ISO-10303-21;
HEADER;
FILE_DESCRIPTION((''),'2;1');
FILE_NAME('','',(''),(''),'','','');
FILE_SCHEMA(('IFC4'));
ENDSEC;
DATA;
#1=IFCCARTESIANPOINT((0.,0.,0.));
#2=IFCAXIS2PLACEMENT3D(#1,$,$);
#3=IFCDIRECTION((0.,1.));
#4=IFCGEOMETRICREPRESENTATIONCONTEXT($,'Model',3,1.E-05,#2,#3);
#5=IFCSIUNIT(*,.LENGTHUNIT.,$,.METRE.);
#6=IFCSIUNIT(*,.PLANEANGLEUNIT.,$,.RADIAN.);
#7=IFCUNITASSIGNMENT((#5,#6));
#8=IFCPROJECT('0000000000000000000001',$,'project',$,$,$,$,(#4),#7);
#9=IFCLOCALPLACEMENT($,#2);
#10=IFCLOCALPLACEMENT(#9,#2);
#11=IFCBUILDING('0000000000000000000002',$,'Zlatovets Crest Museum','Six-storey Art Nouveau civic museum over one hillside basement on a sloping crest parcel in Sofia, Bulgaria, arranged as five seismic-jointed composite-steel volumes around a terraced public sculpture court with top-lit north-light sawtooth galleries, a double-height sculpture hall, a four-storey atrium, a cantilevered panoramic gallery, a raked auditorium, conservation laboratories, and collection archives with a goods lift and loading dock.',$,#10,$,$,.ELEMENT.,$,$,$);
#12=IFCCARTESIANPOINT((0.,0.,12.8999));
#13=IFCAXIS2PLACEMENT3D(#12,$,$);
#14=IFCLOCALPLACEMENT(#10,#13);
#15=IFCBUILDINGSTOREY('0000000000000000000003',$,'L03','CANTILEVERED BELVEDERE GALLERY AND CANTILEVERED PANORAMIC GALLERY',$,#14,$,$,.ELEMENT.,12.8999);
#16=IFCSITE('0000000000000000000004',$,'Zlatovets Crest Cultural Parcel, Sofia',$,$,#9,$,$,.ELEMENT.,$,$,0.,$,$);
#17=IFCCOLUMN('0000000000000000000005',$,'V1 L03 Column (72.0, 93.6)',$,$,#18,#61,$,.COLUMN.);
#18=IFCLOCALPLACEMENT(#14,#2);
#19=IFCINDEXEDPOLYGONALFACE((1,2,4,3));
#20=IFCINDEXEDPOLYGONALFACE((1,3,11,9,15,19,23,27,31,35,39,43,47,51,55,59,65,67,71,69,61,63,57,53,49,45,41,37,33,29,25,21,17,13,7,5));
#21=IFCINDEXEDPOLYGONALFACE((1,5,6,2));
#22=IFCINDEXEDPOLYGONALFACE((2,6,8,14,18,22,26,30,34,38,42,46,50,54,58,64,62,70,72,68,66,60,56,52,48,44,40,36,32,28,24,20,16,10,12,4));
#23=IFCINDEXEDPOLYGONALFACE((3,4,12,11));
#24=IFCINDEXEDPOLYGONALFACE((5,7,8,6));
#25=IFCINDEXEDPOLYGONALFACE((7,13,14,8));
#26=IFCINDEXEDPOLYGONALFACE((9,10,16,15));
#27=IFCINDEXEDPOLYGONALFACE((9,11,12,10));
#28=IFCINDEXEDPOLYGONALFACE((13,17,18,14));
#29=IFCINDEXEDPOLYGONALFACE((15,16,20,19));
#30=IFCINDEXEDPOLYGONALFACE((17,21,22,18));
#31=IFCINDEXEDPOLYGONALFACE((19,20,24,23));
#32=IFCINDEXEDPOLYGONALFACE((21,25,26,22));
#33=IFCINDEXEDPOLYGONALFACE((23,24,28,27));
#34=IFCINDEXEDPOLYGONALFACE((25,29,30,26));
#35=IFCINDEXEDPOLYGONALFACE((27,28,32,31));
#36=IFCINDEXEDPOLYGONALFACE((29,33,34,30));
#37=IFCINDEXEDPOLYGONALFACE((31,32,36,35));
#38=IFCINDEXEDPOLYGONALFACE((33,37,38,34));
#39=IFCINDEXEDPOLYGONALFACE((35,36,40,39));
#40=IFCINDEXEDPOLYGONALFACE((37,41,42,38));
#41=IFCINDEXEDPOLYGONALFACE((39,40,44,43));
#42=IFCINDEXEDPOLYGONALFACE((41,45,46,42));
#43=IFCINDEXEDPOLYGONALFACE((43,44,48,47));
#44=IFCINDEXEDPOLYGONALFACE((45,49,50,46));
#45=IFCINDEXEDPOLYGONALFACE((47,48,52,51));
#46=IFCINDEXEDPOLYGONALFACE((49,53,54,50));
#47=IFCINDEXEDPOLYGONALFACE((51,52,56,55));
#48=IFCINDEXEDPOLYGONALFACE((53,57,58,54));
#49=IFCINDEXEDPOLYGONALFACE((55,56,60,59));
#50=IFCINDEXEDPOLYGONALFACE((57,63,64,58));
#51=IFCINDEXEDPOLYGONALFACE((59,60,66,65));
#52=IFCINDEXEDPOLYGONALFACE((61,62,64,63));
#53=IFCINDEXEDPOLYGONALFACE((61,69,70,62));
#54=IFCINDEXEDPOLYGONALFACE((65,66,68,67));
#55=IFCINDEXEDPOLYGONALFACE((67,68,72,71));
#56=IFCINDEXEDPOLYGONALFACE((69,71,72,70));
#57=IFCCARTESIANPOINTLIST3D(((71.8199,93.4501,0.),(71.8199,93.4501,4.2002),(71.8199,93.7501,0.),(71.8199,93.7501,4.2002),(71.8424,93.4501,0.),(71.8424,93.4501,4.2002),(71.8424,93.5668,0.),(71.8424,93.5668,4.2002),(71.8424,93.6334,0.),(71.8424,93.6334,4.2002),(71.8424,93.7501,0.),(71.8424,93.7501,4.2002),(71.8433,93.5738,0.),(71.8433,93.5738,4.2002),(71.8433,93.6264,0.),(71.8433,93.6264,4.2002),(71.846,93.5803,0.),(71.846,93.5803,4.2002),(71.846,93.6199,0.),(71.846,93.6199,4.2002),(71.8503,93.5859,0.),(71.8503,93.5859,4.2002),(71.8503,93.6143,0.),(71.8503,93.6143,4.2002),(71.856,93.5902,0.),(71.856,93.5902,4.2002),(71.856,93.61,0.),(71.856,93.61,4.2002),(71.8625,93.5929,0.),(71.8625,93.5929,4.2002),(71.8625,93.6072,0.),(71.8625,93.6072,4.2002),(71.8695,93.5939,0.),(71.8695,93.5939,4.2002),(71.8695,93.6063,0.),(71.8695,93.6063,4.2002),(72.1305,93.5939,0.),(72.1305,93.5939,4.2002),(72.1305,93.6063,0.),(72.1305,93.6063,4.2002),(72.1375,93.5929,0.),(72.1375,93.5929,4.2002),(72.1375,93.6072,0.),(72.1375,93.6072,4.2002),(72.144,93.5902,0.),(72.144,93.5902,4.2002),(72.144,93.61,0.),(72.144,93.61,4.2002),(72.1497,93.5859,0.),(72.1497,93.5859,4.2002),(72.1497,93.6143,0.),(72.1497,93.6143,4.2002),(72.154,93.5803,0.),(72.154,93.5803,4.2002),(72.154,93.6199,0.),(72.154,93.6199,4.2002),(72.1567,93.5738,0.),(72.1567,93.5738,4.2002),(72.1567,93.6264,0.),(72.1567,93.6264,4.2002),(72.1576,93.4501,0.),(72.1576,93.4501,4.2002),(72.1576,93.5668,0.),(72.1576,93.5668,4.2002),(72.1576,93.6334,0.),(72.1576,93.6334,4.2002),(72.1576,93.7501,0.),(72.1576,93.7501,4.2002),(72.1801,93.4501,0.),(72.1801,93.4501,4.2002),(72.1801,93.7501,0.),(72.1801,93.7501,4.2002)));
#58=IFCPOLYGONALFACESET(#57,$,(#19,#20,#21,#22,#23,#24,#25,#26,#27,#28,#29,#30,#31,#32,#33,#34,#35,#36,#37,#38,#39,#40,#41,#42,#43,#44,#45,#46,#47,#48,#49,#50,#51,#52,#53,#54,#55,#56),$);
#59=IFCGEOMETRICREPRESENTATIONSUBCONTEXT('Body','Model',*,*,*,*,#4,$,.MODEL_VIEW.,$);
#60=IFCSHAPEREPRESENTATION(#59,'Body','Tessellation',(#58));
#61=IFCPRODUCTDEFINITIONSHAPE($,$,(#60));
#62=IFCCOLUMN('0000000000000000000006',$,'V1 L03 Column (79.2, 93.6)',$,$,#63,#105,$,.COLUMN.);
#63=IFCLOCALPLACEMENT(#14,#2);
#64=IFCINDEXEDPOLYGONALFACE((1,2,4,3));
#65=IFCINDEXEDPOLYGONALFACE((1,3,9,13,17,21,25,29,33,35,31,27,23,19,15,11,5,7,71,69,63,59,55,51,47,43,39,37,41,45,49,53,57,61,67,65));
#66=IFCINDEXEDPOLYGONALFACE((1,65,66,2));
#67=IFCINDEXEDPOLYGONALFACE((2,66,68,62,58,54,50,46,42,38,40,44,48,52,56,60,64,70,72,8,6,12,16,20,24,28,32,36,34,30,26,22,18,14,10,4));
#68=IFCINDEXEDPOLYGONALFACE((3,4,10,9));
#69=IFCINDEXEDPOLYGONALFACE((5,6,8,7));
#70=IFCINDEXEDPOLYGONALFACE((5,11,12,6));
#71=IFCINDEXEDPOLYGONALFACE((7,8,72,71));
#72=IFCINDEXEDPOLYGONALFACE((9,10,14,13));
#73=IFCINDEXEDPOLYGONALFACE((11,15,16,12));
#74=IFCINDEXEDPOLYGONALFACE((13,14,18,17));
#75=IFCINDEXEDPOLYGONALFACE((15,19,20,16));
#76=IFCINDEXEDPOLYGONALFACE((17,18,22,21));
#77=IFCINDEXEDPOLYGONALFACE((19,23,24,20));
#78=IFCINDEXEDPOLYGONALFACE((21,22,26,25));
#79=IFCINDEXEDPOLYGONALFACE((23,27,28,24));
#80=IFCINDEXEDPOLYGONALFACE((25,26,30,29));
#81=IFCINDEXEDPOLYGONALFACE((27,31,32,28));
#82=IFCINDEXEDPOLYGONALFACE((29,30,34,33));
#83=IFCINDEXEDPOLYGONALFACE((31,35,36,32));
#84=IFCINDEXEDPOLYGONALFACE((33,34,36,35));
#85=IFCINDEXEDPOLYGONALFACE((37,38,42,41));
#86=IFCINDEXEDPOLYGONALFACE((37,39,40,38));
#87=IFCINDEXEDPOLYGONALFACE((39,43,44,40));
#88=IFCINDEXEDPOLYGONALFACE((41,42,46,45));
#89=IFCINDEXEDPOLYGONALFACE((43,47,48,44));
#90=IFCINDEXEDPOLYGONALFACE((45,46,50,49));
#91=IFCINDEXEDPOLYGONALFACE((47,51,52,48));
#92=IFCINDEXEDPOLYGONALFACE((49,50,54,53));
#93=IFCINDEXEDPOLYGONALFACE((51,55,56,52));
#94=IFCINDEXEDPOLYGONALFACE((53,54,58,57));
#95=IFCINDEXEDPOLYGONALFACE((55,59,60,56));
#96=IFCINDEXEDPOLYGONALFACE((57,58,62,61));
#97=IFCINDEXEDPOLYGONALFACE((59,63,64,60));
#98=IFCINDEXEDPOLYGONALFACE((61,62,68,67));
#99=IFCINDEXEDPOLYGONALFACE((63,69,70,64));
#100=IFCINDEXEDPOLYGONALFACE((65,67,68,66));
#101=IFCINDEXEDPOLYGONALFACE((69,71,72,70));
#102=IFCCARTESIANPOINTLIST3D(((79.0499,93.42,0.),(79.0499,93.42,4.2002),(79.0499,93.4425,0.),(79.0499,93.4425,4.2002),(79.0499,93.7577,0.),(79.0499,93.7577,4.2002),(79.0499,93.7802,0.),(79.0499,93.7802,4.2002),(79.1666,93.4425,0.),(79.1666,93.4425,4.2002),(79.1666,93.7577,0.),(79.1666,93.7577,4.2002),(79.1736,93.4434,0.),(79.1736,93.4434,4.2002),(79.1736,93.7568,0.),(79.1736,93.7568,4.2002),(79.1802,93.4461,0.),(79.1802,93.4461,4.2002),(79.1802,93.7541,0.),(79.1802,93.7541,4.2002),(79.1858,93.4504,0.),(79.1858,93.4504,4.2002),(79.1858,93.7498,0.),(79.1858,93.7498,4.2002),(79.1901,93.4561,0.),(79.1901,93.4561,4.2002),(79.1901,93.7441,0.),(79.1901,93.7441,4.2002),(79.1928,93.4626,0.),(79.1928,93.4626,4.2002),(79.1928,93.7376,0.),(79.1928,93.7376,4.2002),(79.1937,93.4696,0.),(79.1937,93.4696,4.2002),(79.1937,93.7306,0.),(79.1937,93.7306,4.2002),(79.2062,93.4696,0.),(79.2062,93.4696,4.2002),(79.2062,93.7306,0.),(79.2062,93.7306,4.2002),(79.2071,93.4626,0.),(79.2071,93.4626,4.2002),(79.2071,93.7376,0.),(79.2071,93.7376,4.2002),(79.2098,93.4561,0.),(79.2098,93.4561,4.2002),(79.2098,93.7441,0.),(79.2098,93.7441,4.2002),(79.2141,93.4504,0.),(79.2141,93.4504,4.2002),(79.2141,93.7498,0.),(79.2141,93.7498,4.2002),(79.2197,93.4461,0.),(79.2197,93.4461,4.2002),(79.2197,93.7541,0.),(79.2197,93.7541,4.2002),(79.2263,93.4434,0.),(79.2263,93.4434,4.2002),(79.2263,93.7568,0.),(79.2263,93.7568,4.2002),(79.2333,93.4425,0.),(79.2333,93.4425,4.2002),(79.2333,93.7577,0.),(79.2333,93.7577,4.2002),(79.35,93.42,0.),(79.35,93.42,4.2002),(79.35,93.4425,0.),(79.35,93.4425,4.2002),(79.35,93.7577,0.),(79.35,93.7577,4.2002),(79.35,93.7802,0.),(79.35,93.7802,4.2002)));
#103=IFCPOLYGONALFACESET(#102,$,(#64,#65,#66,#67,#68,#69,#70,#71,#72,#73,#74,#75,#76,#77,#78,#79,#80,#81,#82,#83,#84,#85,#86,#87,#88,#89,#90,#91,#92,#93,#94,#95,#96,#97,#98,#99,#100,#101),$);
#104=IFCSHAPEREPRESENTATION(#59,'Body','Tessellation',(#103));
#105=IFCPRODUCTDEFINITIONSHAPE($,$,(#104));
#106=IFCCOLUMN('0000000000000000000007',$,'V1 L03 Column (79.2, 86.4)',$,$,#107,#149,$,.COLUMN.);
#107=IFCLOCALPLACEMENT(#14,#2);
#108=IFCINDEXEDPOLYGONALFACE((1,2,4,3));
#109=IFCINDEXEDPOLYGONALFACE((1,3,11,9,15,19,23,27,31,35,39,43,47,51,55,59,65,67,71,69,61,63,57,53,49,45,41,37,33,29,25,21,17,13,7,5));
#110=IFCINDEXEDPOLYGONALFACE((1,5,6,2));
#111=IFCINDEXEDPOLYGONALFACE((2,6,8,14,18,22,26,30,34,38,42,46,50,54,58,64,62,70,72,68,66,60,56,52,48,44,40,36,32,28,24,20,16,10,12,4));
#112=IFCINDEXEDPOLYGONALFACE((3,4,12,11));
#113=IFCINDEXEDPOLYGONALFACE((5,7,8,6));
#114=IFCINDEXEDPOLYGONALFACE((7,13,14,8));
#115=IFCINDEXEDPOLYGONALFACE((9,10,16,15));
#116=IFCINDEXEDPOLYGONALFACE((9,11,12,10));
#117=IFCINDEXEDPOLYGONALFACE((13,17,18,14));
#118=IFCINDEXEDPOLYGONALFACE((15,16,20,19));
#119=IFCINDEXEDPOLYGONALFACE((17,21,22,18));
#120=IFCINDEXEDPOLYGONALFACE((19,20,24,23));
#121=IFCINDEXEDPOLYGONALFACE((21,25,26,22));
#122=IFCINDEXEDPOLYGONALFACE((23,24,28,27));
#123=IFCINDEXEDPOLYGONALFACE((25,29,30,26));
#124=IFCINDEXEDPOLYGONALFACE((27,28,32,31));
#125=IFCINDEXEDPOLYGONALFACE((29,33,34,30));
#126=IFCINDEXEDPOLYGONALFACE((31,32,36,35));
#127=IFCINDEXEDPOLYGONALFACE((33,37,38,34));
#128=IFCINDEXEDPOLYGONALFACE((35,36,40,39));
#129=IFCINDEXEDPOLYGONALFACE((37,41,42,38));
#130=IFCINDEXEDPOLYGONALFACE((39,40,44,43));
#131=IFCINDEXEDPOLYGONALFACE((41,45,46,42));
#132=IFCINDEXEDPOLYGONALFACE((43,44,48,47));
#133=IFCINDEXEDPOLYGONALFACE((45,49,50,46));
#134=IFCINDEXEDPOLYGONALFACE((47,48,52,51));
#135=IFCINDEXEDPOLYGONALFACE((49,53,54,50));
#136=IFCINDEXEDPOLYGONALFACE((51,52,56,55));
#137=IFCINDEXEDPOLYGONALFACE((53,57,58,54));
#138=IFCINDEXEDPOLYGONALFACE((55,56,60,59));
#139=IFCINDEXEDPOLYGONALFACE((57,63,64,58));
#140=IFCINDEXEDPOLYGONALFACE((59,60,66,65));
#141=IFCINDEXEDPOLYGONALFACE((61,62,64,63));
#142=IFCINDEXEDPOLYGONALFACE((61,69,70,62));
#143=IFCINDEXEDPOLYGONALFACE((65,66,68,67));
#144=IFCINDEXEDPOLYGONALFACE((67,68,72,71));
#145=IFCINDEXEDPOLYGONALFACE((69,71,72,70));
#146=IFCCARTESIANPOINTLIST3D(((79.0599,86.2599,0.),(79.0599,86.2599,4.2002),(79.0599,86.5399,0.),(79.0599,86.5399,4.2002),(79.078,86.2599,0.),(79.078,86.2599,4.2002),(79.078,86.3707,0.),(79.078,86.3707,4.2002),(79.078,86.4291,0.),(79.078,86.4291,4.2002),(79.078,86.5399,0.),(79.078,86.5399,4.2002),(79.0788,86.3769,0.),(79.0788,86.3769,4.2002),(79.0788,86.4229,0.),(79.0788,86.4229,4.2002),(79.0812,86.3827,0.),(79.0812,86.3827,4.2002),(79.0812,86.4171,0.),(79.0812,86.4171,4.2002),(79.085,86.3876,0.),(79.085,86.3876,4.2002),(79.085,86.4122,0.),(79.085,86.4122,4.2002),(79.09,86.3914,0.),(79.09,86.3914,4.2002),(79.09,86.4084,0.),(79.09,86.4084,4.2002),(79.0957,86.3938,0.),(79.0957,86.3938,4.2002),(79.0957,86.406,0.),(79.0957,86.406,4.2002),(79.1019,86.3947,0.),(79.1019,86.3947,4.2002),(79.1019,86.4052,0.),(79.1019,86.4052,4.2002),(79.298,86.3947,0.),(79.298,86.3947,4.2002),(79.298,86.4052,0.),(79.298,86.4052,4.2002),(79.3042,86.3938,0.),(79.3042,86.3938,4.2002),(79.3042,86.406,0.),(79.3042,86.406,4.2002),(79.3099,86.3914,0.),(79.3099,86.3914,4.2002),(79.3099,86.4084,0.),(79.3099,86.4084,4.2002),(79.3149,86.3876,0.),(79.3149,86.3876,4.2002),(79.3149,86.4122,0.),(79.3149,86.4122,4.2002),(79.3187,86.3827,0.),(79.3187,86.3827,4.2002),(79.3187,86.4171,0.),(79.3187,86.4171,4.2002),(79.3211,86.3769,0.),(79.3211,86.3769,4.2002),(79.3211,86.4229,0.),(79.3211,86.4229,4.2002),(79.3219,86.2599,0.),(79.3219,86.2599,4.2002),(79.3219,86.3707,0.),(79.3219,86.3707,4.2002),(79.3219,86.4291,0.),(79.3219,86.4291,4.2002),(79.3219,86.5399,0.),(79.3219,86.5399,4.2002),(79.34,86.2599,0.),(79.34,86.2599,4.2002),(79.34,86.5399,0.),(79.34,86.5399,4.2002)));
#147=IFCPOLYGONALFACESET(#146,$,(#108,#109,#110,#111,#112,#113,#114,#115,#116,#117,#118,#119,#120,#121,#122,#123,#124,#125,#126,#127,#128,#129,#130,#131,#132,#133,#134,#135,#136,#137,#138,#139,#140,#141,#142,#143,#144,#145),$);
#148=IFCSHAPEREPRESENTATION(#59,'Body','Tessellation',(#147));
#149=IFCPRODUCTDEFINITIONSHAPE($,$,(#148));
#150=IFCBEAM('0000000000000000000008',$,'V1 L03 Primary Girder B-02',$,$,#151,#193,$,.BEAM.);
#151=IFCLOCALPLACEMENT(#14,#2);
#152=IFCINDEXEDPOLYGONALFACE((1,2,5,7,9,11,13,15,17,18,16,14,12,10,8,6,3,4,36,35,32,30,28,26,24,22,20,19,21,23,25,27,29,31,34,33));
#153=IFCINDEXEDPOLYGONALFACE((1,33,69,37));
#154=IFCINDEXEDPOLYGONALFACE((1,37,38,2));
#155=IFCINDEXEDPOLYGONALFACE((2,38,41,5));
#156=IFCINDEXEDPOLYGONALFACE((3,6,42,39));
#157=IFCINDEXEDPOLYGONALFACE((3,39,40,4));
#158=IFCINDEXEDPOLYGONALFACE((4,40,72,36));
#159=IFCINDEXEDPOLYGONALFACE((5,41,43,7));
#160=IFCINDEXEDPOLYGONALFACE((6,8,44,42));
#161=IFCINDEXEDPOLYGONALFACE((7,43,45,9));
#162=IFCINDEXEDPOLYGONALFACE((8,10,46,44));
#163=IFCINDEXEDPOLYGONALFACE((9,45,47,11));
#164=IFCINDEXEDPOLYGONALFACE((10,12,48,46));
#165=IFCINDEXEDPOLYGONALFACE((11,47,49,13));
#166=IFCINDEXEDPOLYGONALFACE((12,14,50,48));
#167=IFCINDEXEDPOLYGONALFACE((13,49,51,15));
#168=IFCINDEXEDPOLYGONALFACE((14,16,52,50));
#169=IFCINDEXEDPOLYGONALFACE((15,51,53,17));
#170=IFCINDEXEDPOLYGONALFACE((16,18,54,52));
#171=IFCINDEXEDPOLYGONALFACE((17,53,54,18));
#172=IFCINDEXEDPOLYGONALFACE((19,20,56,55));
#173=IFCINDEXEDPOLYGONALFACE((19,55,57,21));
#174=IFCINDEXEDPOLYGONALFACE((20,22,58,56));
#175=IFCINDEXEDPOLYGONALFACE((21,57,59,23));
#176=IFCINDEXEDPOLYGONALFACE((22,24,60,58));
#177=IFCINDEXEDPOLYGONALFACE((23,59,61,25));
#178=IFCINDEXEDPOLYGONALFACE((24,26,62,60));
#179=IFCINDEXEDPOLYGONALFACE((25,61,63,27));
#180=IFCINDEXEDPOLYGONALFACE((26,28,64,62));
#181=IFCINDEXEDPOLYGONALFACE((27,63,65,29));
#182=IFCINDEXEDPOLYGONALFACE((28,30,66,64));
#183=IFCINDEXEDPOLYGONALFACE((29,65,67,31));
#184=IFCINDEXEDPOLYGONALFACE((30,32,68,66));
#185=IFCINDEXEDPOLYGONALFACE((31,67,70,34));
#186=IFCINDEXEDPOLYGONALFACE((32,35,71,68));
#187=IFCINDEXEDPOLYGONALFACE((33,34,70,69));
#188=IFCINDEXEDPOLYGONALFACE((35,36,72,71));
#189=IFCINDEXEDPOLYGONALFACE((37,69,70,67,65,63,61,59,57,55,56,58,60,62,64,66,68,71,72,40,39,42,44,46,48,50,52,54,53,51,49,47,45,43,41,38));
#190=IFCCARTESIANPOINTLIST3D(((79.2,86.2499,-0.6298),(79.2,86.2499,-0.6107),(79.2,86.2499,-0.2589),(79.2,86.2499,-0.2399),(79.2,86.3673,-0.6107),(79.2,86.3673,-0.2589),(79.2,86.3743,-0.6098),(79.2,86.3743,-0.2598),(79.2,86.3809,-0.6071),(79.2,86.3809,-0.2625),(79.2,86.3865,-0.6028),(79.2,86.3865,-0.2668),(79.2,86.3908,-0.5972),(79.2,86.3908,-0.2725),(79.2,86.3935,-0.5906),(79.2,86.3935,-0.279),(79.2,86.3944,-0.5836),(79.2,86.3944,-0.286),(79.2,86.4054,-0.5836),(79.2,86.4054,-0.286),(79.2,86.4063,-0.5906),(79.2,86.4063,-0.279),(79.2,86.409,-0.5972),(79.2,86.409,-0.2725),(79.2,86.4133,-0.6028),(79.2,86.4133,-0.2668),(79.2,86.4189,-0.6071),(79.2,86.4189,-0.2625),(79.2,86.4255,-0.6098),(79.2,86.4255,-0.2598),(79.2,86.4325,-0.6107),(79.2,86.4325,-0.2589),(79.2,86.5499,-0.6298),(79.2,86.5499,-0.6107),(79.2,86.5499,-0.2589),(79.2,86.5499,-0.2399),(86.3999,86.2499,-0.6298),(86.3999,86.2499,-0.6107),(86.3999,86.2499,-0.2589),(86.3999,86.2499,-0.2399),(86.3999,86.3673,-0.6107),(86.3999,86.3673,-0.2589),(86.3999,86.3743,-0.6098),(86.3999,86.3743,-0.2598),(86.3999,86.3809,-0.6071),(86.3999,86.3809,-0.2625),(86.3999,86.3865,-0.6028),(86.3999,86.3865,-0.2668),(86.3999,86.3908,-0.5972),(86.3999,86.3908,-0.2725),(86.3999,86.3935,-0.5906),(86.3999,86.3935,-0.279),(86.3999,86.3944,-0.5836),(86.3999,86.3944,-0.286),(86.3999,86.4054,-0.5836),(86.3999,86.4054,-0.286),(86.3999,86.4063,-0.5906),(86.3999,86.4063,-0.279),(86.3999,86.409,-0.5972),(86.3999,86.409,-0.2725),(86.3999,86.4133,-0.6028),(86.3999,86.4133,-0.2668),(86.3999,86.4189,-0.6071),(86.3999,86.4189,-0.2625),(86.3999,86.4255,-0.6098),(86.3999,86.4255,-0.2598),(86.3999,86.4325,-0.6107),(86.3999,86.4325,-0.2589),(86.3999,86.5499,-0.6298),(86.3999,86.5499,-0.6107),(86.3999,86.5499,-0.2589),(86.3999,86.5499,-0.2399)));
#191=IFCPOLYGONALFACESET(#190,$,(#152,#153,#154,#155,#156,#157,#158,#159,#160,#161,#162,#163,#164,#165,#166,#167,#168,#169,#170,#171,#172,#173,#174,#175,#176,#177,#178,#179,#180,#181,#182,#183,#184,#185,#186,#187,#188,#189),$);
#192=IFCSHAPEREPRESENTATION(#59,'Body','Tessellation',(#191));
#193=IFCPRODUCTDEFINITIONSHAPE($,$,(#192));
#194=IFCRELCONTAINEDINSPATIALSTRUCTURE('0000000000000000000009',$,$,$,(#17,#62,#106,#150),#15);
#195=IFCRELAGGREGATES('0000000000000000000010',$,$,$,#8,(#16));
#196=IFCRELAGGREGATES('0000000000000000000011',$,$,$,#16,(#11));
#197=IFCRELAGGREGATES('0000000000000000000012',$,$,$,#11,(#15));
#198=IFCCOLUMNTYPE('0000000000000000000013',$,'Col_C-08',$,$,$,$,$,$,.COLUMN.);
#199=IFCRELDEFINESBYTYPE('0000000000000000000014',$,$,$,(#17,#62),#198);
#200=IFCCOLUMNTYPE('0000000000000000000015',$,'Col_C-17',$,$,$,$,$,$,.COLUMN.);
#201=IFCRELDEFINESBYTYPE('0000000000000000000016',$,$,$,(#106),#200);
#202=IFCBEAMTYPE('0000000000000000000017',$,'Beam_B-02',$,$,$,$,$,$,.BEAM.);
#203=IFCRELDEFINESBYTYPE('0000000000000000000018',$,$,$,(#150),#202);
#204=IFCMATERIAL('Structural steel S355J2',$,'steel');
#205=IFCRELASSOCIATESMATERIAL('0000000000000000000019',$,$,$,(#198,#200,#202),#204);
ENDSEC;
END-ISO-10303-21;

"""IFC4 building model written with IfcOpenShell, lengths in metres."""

from ifc_helpers import new_model, si_unit, direction, frame, origin, origin_2d, place, context, subcontext, project, spatial, i_section, extrude, material, material_profile, profile_set, type_object, element, save


model = new_model("IFC4")

# Units and contexts
model_context = context("Model", 3, precision=1e-05, world=origin(), true_north=direction((0.0, 1.0)))
body_context = subcontext(model_context, "Body", "Model", "MODEL_VIEW")
ifc_project = project(units=[si_unit("LENGTHUNIT", "METRE"), si_unit("PLANEANGLEUNIT", "RADIAN")], contexts=[model_context])

# Site, building, storey
site_placement = place(None, origin())
site = spatial("IfcSite", under=ifc_project, at=site_placement, Name="Zlatovets Crest Cultural Parcel, Sofia", CompositionType="ELEMENT", RefElevation=0.0)
building_placement = place(site_placement, origin())
building = spatial("IfcBuilding", under=site, at=building_placement, Name="Zlatovets Crest Museum", Description="Six-storey Art Nouveau civic museum over one hillside basement on a sloping crest parcel in Sofia, Bulgaria, arranged as five seismic-jointed composite-steel volumes around a terraced public sculpture court with top-lit north-light sawtooth galleries, a double-height sculpture hall, a four-storey atrium, a cantilevered panoramic gallery, a raked auditorium, conservation laboratories, and collection archives with a goods lift and loading dock.", CompositionType="ELEMENT")
storey_placement = place(building_placement, frame((0.0, 0.0, 12.8999)))
storey = spatial("IfcBuildingStorey", under=building, at=storey_placement, Name="L03", Description="CANTILEVERED BELVEDERE GALLERY AND CANTILEVERED PANORAMIC GALLERY", CompositionType="ELEMENT", Elevation=12.8999)

# Columns
ifc_material_1 = material(Name="Structural steel S355J2", Category="steel")
ifc_material_profile_1 = material_profile(ifc_material_1, i_section(OverallWidth=0.3, OverallDepth=0.3601, WebThickness=0.0125, FlangeThickness=0.0225, FilletRadius=0.0271, at=origin_2d()), Name="HEB 360")
ifc_profile_set_1 = profile_set([ifc_material_profile_1], Name="Structural steel S355J2")
column_type_1 = type_object("IfcColumnType", Name="Col_C-08", PredefinedType="COLUMN", material=ifc_profile_set_1)
for number, where, z_axis, x_axis, name in (
    (1, (72.0, 93.6001, 0.0), (0.0, 0.0, 1.0), (0.0, 1.0, 0.0), "V1 L03 Column (72.0, 93.6)"),
    (2, (79.2, 93.6001, 0.0), (0.0, 0.0, 1.0), (1.0, 0.0, 0.0), "V1 L03 Column (79.2, 93.6)"),
):
    element("IfcColumn", number, at=place(storey_placement, frame(where, z_axis=z_axis, x_axis=x_axis)), inside=storey, type_object=column_type_1, Name=name, PredefinedType="COLUMN", context=body_context, shape_type="SweptSolid", body=[
        extrude(i_section(OverallWidth=0.3, OverallDepth=0.3601, WebThickness=0.0125, FlangeThickness=0.0225, FilletRadius=0.0271, at=origin_2d()), origin(), (0.0, 0.0, 1.0), 4.2002),
    ])
ifc_material_profile_2 = material_profile(ifc_material_1, i_section(OverallWidth=0.28, OverallDepth=0.28, WebThickness=0.0105, FlangeThickness=0.0181, FilletRadius=0.0239, at=origin_2d()), Name="HEB 280")
ifc_profile_set_2 = profile_set([ifc_material_profile_2], Name="Structural steel S355J2")
column_type_2 = type_object("IfcColumnType", Name="Col_C-17", PredefinedType="COLUMN", material=ifc_profile_set_2)
column_placement = place(storey_placement, frame((79.2, 86.3999, 0.0), z_axis=(0.0, 0.0, 1.0), x_axis=(0.0, 1.0, 0.0)))
element("IfcColumn", 3, at=column_placement, inside=storey, type_object=column_type_2, Name="V1 L03 Column (79.2, 86.4)", PredefinedType="COLUMN", context=body_context, shape_type="SweptSolid", body=[
    extrude(i_section(OverallWidth=0.28, OverallDepth=0.28, WebThickness=0.0105, FlangeThickness=0.0181, FilletRadius=0.0239, at=origin_2d()), origin(), (0.0, 0.0, 1.0), 4.2002),
])

# Beam
ifc_material_profile_3 = material_profile(ifc_material_1, i_section(OverallWidth=0.3, OverallDepth=0.3899, WebThickness=0.011, FlangeThickness=0.019, FilletRadius=0.0271, at=origin_2d()), Name="HEA 400")
ifc_profile_set_3 = profile_set([ifc_material_profile_3], Name="Structural steel S355J2")
beam_type_1 = type_object("IfcBeamType", Name="Beam_B-02", PredefinedType="BEAM", material=ifc_profile_set_3)
for number, where, z_axis, x_axis, name in (
    (4, (79.2, 86.3999, -0.4348), (1.0, 0.0, 0.0), (0.0, 1.0, 0.0), "V1 L03 Primary Girder B-02"),
):
    element("IfcBeam", number, at=place(storey_placement, frame(where, z_axis=z_axis, x_axis=x_axis)), inside=storey, type_object=beam_type_1, Name=name, PredefinedType="BEAM", context=body_context, shape_type="SweptSolid", body=[
        extrude(i_section(OverallWidth=0.3, OverallDepth=0.3899, WebThickness=0.011, FlangeThickness=0.019, FilletRadius=0.0271, at=origin_2d()), origin(), (0.0, 0.0, 1.0), 7.2),
    ])

save(model, "model.ifc")
